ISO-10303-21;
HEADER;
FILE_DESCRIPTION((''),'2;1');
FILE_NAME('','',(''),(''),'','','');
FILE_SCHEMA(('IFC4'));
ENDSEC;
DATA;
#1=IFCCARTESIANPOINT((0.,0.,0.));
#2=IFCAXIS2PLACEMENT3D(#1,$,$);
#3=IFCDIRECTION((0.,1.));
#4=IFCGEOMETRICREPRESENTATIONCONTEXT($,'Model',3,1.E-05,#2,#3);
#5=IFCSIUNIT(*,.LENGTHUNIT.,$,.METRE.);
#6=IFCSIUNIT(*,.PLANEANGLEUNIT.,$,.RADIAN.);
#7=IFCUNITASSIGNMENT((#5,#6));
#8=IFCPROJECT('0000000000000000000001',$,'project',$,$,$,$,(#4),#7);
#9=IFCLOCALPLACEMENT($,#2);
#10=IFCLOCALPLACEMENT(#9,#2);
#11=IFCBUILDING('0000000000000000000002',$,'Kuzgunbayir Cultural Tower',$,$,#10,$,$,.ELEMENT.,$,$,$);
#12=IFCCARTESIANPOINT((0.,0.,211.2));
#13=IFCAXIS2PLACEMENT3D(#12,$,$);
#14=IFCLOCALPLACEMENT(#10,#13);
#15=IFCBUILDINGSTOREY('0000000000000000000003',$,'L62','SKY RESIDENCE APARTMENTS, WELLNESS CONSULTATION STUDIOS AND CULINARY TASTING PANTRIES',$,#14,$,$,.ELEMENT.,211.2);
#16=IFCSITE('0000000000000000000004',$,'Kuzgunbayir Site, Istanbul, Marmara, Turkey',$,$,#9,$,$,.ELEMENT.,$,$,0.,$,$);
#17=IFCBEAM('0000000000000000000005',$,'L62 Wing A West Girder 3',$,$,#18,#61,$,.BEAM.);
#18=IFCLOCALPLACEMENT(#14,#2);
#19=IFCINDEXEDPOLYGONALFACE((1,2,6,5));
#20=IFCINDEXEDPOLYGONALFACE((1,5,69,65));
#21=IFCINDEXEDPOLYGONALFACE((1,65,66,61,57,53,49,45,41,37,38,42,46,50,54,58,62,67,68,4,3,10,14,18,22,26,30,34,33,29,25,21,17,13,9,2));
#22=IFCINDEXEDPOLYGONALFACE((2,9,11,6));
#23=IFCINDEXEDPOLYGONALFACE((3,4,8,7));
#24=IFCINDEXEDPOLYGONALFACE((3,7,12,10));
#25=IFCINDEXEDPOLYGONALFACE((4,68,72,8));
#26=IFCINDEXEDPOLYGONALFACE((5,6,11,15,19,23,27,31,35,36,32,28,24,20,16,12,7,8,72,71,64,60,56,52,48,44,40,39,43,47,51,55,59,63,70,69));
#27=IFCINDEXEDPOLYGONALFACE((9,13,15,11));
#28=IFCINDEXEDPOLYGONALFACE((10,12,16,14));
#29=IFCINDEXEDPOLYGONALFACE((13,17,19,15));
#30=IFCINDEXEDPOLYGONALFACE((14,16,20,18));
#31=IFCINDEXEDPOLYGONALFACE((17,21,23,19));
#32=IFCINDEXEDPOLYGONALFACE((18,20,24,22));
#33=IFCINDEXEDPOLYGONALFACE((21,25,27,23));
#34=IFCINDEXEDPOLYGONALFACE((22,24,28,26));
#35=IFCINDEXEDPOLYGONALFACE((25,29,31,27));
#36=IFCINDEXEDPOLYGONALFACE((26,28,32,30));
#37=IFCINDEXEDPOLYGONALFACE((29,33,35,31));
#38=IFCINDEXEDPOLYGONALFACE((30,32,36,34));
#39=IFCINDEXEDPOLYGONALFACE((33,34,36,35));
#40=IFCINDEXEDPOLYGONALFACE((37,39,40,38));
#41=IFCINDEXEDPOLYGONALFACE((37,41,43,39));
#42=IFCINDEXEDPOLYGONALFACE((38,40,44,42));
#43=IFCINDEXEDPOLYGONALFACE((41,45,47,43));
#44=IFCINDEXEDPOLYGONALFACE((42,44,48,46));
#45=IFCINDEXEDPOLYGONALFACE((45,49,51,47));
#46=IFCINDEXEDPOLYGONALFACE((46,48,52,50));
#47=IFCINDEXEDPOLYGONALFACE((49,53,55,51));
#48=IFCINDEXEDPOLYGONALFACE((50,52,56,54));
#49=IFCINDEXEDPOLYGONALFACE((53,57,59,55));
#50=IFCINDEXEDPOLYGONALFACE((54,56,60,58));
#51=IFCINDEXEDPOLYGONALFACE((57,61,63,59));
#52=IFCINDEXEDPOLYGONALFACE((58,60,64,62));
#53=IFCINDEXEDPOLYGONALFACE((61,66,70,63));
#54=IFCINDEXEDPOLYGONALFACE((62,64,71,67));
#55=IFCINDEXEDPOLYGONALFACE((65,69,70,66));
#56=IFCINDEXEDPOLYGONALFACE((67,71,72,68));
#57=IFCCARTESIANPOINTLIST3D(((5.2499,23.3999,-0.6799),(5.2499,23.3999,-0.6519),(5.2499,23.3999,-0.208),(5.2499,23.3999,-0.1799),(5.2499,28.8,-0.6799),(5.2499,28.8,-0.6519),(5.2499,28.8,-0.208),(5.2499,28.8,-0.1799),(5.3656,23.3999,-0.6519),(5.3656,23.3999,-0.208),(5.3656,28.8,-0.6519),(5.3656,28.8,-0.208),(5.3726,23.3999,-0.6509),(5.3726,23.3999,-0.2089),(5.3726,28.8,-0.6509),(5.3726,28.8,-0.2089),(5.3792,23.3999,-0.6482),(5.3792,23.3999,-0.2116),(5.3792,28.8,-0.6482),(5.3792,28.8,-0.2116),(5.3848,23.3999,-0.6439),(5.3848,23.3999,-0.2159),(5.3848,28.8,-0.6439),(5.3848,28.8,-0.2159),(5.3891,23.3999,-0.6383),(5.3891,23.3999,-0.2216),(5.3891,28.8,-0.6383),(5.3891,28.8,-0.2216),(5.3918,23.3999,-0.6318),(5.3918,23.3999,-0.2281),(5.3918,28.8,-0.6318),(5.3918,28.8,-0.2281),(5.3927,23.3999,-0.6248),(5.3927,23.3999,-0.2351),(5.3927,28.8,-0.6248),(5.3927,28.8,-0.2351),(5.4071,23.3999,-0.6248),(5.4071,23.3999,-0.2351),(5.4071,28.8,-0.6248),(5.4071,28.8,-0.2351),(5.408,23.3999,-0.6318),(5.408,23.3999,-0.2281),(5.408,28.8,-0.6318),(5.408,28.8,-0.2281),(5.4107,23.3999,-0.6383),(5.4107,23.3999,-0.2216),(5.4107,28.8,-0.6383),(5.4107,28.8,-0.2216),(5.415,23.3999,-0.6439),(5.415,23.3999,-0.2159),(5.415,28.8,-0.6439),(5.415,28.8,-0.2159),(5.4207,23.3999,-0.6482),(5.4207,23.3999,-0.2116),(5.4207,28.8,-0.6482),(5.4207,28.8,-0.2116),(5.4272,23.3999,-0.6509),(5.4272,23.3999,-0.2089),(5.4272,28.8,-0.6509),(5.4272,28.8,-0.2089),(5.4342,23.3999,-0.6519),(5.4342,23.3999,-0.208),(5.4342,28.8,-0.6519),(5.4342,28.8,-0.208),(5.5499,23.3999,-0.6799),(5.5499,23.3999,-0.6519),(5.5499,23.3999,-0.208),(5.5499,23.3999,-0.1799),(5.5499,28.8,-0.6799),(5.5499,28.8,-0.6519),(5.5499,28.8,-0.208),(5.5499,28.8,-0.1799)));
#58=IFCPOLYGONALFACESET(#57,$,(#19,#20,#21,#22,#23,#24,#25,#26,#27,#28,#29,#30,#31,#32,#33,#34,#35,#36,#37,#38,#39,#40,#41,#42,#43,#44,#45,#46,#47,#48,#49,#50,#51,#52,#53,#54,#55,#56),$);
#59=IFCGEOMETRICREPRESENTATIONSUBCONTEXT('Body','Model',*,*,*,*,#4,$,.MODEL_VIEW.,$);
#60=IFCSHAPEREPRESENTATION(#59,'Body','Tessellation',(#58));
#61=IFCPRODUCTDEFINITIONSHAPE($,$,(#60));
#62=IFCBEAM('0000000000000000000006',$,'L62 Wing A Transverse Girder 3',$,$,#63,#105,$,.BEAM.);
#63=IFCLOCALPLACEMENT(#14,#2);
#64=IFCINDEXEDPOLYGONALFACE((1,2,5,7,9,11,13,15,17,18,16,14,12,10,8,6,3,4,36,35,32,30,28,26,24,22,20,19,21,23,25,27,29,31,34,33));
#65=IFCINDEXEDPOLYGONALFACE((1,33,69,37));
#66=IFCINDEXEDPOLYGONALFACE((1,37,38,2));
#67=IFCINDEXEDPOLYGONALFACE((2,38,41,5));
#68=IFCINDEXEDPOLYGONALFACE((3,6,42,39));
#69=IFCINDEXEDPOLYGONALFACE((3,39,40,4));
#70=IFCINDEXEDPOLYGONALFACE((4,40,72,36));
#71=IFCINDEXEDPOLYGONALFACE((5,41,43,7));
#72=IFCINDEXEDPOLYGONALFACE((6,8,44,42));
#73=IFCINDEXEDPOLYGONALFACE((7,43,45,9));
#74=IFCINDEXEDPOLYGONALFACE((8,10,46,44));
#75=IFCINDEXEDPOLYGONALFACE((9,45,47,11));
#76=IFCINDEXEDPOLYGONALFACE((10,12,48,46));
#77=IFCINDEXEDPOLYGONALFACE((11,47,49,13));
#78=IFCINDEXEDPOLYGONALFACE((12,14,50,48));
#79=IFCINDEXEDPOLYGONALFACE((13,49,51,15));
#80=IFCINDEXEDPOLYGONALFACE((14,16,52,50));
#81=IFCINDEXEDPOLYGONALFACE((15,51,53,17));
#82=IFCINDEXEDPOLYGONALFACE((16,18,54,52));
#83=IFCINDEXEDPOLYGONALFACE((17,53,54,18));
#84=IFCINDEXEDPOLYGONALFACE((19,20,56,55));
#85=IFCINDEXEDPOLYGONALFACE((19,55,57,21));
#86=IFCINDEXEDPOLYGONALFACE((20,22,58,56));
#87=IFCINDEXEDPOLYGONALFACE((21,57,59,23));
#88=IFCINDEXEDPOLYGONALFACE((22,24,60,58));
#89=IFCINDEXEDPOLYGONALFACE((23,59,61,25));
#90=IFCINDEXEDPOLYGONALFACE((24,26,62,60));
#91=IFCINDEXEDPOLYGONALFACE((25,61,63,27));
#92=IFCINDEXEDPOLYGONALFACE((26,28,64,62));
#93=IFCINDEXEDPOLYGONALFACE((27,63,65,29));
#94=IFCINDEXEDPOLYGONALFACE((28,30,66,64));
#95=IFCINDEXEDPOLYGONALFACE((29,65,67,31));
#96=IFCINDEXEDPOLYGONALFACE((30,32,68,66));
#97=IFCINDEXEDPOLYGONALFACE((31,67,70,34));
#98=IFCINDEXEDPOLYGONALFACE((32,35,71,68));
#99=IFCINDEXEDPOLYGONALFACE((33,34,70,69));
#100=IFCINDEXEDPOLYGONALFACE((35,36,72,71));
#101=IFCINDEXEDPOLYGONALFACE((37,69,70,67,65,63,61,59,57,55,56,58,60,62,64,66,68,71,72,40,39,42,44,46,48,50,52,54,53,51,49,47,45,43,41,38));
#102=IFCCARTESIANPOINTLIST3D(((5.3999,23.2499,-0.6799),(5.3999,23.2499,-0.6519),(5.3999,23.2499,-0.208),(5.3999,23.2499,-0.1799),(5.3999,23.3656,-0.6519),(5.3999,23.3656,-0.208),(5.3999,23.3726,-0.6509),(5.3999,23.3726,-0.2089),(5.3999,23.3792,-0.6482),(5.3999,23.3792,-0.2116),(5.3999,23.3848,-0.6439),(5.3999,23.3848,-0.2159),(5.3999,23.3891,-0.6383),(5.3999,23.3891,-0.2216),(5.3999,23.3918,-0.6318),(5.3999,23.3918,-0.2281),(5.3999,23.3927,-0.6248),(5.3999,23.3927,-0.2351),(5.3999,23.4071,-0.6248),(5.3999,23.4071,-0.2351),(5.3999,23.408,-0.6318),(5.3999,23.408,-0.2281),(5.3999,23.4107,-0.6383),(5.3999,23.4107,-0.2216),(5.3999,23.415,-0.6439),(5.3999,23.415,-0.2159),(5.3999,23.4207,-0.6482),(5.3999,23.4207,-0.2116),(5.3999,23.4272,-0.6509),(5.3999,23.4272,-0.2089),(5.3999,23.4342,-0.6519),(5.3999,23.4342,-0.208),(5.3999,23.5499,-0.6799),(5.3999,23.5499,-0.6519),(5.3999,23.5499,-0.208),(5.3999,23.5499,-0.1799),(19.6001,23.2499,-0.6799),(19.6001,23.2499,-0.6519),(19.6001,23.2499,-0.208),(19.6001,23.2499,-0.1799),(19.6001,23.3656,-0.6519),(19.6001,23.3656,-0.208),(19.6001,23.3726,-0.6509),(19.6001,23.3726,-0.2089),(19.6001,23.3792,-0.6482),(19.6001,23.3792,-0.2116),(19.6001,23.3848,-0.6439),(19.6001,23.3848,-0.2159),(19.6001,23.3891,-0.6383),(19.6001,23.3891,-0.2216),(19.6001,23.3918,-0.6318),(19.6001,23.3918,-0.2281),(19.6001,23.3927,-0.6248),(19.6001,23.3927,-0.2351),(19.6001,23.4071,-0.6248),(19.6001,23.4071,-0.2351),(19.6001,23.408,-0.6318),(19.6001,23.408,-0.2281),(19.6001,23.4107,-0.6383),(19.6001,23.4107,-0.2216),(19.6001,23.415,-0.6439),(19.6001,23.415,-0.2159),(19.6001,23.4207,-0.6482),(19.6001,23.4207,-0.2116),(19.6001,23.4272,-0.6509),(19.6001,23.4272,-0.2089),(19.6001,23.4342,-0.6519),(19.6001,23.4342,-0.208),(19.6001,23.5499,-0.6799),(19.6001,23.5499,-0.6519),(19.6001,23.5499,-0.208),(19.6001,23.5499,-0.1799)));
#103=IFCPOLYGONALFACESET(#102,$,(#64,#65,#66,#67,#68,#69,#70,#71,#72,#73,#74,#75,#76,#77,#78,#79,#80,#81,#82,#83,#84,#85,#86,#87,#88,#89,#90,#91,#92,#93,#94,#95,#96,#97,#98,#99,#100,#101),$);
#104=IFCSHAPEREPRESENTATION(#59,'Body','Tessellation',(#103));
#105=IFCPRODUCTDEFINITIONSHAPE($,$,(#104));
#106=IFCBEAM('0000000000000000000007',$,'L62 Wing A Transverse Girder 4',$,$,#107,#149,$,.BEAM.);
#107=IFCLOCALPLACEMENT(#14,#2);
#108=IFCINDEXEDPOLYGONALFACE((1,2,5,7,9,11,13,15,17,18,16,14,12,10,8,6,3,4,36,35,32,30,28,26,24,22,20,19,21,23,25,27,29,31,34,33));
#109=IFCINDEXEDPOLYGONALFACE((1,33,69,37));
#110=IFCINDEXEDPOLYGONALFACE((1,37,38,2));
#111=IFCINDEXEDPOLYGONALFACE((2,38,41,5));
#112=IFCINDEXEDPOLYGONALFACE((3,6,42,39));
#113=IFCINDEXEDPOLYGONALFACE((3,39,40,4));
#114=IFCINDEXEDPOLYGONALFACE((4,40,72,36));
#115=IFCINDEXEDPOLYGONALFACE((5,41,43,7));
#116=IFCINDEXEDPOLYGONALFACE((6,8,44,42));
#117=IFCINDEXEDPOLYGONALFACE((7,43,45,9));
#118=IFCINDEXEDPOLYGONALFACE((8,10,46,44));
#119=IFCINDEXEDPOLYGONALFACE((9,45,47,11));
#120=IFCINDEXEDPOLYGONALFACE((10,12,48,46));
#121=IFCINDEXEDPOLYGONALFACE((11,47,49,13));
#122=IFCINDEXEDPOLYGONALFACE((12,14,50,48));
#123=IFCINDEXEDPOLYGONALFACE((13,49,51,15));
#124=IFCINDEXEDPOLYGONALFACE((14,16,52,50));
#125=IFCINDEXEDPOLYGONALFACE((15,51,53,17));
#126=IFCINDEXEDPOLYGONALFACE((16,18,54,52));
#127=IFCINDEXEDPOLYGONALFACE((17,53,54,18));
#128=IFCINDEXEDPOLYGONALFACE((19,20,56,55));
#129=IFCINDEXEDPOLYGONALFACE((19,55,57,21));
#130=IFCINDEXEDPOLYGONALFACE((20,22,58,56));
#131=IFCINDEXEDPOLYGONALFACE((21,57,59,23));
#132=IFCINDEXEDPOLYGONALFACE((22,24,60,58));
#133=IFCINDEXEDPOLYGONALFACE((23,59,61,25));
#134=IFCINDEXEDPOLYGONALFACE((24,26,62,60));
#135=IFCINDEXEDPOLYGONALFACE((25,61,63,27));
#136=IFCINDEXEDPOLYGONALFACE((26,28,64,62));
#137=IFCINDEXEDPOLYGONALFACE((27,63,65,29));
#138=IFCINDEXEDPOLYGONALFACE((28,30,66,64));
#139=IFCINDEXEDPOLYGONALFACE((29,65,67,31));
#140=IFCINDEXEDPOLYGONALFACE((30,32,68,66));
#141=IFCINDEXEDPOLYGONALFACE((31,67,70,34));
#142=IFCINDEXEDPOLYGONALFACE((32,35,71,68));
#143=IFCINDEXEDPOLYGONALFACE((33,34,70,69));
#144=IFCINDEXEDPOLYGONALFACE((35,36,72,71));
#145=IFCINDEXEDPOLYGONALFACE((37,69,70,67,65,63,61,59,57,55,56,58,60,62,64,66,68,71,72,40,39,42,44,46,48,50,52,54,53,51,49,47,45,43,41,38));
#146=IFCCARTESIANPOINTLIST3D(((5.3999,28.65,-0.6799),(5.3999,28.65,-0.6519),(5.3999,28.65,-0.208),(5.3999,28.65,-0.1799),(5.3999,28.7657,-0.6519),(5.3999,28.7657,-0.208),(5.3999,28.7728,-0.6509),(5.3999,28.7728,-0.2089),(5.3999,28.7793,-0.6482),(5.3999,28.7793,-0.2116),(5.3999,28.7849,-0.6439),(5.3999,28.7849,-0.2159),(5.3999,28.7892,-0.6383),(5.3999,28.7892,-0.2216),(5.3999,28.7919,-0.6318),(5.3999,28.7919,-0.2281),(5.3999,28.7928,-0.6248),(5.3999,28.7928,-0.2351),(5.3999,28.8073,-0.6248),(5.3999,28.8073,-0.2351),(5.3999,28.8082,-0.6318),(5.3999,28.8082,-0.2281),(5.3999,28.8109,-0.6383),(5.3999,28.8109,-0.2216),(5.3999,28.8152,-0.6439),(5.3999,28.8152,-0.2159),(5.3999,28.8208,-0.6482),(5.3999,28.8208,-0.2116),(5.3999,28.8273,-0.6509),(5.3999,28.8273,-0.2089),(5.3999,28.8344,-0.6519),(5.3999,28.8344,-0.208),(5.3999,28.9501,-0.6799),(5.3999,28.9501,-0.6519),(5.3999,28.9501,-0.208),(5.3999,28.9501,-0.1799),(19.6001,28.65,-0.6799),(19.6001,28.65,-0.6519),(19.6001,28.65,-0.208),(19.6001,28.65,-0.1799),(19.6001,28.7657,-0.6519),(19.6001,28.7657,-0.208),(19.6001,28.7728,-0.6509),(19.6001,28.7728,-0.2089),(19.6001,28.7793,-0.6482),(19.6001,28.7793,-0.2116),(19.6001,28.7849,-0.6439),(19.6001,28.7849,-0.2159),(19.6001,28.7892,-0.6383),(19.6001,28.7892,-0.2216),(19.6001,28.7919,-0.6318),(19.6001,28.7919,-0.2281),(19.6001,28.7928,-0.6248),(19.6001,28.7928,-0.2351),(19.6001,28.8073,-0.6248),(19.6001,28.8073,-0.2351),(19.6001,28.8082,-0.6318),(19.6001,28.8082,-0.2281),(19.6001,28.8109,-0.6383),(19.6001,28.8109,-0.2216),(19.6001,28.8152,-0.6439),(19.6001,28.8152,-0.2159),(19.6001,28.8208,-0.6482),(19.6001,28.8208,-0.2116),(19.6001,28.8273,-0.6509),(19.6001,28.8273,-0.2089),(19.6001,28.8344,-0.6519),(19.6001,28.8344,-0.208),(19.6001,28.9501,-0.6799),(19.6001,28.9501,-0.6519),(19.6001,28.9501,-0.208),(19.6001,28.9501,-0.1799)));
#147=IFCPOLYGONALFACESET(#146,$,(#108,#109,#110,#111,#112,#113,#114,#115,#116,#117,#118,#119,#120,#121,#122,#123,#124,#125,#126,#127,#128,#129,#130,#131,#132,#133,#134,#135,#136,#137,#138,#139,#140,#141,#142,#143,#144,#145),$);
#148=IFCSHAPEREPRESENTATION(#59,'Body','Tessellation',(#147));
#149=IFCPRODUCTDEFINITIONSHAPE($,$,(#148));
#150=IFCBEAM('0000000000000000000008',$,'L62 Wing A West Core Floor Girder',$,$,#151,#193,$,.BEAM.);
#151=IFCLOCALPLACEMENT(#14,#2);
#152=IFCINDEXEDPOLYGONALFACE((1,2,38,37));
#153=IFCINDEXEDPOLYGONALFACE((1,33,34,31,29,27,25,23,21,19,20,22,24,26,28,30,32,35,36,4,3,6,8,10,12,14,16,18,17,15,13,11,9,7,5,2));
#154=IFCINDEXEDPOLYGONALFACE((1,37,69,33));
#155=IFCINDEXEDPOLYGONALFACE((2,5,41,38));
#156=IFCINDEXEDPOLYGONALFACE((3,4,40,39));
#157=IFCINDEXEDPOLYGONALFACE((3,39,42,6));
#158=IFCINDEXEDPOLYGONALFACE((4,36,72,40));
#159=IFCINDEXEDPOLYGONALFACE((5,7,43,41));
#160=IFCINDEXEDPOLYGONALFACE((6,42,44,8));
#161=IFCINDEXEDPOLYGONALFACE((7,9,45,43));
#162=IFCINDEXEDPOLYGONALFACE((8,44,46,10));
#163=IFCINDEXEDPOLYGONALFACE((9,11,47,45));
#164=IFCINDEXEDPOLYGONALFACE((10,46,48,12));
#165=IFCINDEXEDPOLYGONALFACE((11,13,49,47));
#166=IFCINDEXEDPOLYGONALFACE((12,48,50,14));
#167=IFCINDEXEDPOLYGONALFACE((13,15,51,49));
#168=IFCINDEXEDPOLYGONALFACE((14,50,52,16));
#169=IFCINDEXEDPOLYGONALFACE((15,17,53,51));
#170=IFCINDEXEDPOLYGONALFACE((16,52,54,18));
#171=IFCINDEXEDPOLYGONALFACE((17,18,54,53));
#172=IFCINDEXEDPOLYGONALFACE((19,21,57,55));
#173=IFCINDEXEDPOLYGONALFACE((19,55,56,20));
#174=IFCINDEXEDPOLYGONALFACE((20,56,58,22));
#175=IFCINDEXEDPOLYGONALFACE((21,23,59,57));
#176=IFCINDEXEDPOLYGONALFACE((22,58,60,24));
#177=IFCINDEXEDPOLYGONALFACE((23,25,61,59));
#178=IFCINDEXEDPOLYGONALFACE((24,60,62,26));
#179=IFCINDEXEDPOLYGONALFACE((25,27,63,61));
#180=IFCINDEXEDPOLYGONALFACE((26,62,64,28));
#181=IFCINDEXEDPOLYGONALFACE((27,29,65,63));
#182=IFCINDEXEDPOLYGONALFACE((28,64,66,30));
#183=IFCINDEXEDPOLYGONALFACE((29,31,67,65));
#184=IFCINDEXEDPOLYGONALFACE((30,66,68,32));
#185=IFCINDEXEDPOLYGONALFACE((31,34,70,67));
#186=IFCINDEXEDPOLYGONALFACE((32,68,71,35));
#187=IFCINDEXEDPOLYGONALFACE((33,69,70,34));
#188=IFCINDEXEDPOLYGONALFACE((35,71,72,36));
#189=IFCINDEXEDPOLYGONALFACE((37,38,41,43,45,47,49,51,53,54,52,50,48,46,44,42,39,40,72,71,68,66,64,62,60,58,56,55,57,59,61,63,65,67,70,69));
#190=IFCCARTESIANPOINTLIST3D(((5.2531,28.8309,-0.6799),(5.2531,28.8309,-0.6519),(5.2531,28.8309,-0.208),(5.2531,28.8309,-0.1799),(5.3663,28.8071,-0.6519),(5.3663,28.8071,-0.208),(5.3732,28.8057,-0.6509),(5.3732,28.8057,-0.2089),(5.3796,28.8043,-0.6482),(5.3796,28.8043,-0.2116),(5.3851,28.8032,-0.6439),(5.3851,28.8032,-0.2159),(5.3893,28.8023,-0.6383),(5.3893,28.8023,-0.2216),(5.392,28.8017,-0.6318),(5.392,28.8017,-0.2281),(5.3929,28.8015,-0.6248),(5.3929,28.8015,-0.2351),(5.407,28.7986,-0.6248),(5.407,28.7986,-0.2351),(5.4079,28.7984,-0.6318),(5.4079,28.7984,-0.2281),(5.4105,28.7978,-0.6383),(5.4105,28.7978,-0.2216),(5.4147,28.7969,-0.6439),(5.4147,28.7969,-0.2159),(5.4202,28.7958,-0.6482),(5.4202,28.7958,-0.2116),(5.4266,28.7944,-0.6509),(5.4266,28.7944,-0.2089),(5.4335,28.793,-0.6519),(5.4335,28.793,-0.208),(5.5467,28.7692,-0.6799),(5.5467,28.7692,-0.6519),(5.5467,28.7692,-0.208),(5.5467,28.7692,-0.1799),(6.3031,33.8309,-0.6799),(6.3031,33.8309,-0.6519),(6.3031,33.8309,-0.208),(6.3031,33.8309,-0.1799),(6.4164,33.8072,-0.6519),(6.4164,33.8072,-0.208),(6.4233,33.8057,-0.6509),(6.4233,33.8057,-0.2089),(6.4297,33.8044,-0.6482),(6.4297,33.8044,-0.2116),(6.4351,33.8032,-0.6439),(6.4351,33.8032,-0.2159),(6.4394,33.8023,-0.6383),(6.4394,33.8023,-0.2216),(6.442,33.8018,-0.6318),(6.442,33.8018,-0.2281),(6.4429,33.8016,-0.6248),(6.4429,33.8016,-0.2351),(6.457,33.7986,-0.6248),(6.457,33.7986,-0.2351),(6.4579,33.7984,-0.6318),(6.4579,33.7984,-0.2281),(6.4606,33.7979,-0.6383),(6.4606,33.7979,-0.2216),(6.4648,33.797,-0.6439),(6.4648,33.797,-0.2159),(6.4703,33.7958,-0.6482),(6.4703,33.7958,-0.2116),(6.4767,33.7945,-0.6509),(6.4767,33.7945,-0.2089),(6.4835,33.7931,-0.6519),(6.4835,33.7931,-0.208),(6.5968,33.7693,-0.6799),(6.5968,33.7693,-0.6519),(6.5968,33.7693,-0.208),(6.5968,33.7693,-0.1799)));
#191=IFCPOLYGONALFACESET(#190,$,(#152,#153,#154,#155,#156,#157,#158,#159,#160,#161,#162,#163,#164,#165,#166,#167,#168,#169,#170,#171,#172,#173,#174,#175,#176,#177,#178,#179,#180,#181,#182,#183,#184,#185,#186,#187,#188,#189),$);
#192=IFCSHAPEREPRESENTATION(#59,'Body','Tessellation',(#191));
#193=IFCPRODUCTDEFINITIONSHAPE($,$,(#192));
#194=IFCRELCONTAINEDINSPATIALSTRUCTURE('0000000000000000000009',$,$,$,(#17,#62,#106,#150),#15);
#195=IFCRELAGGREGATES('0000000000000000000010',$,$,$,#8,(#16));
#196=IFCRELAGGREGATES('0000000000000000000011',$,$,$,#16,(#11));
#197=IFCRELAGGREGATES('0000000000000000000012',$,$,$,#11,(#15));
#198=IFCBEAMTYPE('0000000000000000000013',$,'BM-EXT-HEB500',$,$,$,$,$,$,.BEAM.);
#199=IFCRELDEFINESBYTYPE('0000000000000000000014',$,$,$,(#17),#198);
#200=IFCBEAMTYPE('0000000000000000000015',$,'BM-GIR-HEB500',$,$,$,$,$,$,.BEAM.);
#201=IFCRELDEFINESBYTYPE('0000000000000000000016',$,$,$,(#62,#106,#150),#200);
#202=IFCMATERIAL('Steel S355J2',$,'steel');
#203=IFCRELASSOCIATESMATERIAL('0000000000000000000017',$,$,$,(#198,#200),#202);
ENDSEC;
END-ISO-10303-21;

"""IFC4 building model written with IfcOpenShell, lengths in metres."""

from ifc_helpers import new_model, si_unit, direction, frame, origin, origin_2d, place, context, subcontext, project, spatial, i_section, extrude, material, material_profile, profile_set, type_object, element, save


model = new_model("IFC4")

# Units and contexts
model_context = context("Model", 3, precision=1e-05, world=origin(), true_north=direction((0.0, 1.0)))
body_context = subcontext(model_context, "Body", "Model", "MODEL_VIEW")
ifc_project = project(units=[si_unit("LENGTHUNIT", "METRE"), si_unit("PLANEANGLEUNIT", "RADIAN")], contexts=[model_context])

# Site, building, storey
site_placement = place(None, origin())
site = spatial("IfcSite", under=ifc_project, at=site_placement, Name="Kuzgunbayir Site, Istanbul, Marmara, Turkey", CompositionType="ELEMENT", RefElevation=0.0)
building_placement = place(site_placement, origin())
building = spatial("IfcBuilding", under=site, at=building_placement, Name="Kuzgunbayir Cultural Tower", CompositionType="ELEMENT")
storey_placement = place(building_placement, frame((0.0, 0.0, 211.2)))
storey = spatial("IfcBuildingStorey", under=building, at=storey_placement, Name="L62", Description="SKY RESIDENCE APARTMENTS, WELLNESS CONSULTATION STUDIOS AND CULINARY TASTING PANTRIES", CompositionType="ELEMENT", Elevation=211.2)

# Beams
ifc_material_1 = material(Name="Steel S355J2", Category="steel")
ifc_material_profile_1 = material_profile(ifc_material_1, i_section(OverallWidth=0.3, OverallDepth=0.5, WebThickness=0.0144, FlangeThickness=0.0281, FilletRadius=0.0271, at=origin_2d()), Name="HEB 500")
ifc_profile_set_1 = profile_set([ifc_material_profile_1], Name="Steel S355J2")
beam_type_1 = type_object("IfcBeamType", Name="BM-EXT-HEB500", PredefinedType="BEAM", material=ifc_profile_set_1)
beam_1_placement = place(storey_placement, frame((5.3999, 23.3999, -0.4299), z_axis=(0.0, 1.0, 0.0), x_axis=(-1.0, 0.0, 0.0)))
element("IfcBeam", 1, at=beam_1_placement, inside=storey, type_object=beam_type_1, Name="L62 Wing A West Girder 3", PredefinedType="BEAM", context=body_context, shape_type="SweptSolid", body=[
    extrude(i_section(OverallWidth=0.3, OverallDepth=0.5, WebThickness=0.0144, FlangeThickness=0.0281, FilletRadius=0.0271, at=origin_2d()), origin(), (0.0, 0.0, 1.0), 5.4001),
])
ifc_material_profile_2 = material_profile(ifc_material_1, i_section(OverallWidth=0.3, OverallDepth=0.5, WebThickness=0.0144, FlangeThickness=0.0281, FilletRadius=0.0271, at=origin_2d()), Name="HEB 500")
ifc_profile_set_2 = profile_set([ifc_material_profile_2], Name="Steel S355J2")
beam_type_2 = type_object("IfcBeamType", Name="BM-GIR-HEB500", PredefinedType="BEAM", material=ifc_profile_set_2)
for number, where, z_axis, x_axis, name in (
    (2, (5.3999, 23.3999, -0.4299), (1.0, 0.0, 0.0), (0.0, 1.0, 0.0), "L62 Wing A Transverse Girder 3"),
    (3, (5.3999, 28.8, -0.4299), (1.0, 0.0, 0.0), (0.0, 1.0, 0.0), "L62 Wing A Transverse Girder 4"),
):
    element("IfcBeam", number, at=place(storey_placement, frame(where, z_axis=z_axis, x_axis=x_axis)), inside=storey, type_object=beam_type_2, Name=name, PredefinedType="BEAM", context=body_context, shape_type="SweptSolid", body=[
        extrude(i_section(OverallWidth=0.3, OverallDepth=0.5, WebThickness=0.0144, FlangeThickness=0.0281, FilletRadius=0.0271, at=origin_2d()), origin(), (0.0, 0.0, 1.0), 14.2002),
    ])
beam_2_placement = place(storey_placement, frame((5.3999, 28.8, -0.4299), z_axis=(0.205526, 0.978652, 0.0), x_axis=(-0.978652, 0.205526, 0.0)))
element("IfcBeam", 4, at=beam_2_placement, inside=storey, type_object=beam_type_2, Name="L62 Wing A West Core Floor Girder", PredefinedType="BEAM", context=body_context, shape_type="SweptSolid", body=[
    extrude(i_section(OverallWidth=0.3, OverallDepth=0.5, WebThickness=0.0144, FlangeThickness=0.0281, FilletRadius=0.0271, at=origin_2d()), origin(), (0.0, 0.0, 1.0), 5.1091),
])

save(model, "model.ifc")
